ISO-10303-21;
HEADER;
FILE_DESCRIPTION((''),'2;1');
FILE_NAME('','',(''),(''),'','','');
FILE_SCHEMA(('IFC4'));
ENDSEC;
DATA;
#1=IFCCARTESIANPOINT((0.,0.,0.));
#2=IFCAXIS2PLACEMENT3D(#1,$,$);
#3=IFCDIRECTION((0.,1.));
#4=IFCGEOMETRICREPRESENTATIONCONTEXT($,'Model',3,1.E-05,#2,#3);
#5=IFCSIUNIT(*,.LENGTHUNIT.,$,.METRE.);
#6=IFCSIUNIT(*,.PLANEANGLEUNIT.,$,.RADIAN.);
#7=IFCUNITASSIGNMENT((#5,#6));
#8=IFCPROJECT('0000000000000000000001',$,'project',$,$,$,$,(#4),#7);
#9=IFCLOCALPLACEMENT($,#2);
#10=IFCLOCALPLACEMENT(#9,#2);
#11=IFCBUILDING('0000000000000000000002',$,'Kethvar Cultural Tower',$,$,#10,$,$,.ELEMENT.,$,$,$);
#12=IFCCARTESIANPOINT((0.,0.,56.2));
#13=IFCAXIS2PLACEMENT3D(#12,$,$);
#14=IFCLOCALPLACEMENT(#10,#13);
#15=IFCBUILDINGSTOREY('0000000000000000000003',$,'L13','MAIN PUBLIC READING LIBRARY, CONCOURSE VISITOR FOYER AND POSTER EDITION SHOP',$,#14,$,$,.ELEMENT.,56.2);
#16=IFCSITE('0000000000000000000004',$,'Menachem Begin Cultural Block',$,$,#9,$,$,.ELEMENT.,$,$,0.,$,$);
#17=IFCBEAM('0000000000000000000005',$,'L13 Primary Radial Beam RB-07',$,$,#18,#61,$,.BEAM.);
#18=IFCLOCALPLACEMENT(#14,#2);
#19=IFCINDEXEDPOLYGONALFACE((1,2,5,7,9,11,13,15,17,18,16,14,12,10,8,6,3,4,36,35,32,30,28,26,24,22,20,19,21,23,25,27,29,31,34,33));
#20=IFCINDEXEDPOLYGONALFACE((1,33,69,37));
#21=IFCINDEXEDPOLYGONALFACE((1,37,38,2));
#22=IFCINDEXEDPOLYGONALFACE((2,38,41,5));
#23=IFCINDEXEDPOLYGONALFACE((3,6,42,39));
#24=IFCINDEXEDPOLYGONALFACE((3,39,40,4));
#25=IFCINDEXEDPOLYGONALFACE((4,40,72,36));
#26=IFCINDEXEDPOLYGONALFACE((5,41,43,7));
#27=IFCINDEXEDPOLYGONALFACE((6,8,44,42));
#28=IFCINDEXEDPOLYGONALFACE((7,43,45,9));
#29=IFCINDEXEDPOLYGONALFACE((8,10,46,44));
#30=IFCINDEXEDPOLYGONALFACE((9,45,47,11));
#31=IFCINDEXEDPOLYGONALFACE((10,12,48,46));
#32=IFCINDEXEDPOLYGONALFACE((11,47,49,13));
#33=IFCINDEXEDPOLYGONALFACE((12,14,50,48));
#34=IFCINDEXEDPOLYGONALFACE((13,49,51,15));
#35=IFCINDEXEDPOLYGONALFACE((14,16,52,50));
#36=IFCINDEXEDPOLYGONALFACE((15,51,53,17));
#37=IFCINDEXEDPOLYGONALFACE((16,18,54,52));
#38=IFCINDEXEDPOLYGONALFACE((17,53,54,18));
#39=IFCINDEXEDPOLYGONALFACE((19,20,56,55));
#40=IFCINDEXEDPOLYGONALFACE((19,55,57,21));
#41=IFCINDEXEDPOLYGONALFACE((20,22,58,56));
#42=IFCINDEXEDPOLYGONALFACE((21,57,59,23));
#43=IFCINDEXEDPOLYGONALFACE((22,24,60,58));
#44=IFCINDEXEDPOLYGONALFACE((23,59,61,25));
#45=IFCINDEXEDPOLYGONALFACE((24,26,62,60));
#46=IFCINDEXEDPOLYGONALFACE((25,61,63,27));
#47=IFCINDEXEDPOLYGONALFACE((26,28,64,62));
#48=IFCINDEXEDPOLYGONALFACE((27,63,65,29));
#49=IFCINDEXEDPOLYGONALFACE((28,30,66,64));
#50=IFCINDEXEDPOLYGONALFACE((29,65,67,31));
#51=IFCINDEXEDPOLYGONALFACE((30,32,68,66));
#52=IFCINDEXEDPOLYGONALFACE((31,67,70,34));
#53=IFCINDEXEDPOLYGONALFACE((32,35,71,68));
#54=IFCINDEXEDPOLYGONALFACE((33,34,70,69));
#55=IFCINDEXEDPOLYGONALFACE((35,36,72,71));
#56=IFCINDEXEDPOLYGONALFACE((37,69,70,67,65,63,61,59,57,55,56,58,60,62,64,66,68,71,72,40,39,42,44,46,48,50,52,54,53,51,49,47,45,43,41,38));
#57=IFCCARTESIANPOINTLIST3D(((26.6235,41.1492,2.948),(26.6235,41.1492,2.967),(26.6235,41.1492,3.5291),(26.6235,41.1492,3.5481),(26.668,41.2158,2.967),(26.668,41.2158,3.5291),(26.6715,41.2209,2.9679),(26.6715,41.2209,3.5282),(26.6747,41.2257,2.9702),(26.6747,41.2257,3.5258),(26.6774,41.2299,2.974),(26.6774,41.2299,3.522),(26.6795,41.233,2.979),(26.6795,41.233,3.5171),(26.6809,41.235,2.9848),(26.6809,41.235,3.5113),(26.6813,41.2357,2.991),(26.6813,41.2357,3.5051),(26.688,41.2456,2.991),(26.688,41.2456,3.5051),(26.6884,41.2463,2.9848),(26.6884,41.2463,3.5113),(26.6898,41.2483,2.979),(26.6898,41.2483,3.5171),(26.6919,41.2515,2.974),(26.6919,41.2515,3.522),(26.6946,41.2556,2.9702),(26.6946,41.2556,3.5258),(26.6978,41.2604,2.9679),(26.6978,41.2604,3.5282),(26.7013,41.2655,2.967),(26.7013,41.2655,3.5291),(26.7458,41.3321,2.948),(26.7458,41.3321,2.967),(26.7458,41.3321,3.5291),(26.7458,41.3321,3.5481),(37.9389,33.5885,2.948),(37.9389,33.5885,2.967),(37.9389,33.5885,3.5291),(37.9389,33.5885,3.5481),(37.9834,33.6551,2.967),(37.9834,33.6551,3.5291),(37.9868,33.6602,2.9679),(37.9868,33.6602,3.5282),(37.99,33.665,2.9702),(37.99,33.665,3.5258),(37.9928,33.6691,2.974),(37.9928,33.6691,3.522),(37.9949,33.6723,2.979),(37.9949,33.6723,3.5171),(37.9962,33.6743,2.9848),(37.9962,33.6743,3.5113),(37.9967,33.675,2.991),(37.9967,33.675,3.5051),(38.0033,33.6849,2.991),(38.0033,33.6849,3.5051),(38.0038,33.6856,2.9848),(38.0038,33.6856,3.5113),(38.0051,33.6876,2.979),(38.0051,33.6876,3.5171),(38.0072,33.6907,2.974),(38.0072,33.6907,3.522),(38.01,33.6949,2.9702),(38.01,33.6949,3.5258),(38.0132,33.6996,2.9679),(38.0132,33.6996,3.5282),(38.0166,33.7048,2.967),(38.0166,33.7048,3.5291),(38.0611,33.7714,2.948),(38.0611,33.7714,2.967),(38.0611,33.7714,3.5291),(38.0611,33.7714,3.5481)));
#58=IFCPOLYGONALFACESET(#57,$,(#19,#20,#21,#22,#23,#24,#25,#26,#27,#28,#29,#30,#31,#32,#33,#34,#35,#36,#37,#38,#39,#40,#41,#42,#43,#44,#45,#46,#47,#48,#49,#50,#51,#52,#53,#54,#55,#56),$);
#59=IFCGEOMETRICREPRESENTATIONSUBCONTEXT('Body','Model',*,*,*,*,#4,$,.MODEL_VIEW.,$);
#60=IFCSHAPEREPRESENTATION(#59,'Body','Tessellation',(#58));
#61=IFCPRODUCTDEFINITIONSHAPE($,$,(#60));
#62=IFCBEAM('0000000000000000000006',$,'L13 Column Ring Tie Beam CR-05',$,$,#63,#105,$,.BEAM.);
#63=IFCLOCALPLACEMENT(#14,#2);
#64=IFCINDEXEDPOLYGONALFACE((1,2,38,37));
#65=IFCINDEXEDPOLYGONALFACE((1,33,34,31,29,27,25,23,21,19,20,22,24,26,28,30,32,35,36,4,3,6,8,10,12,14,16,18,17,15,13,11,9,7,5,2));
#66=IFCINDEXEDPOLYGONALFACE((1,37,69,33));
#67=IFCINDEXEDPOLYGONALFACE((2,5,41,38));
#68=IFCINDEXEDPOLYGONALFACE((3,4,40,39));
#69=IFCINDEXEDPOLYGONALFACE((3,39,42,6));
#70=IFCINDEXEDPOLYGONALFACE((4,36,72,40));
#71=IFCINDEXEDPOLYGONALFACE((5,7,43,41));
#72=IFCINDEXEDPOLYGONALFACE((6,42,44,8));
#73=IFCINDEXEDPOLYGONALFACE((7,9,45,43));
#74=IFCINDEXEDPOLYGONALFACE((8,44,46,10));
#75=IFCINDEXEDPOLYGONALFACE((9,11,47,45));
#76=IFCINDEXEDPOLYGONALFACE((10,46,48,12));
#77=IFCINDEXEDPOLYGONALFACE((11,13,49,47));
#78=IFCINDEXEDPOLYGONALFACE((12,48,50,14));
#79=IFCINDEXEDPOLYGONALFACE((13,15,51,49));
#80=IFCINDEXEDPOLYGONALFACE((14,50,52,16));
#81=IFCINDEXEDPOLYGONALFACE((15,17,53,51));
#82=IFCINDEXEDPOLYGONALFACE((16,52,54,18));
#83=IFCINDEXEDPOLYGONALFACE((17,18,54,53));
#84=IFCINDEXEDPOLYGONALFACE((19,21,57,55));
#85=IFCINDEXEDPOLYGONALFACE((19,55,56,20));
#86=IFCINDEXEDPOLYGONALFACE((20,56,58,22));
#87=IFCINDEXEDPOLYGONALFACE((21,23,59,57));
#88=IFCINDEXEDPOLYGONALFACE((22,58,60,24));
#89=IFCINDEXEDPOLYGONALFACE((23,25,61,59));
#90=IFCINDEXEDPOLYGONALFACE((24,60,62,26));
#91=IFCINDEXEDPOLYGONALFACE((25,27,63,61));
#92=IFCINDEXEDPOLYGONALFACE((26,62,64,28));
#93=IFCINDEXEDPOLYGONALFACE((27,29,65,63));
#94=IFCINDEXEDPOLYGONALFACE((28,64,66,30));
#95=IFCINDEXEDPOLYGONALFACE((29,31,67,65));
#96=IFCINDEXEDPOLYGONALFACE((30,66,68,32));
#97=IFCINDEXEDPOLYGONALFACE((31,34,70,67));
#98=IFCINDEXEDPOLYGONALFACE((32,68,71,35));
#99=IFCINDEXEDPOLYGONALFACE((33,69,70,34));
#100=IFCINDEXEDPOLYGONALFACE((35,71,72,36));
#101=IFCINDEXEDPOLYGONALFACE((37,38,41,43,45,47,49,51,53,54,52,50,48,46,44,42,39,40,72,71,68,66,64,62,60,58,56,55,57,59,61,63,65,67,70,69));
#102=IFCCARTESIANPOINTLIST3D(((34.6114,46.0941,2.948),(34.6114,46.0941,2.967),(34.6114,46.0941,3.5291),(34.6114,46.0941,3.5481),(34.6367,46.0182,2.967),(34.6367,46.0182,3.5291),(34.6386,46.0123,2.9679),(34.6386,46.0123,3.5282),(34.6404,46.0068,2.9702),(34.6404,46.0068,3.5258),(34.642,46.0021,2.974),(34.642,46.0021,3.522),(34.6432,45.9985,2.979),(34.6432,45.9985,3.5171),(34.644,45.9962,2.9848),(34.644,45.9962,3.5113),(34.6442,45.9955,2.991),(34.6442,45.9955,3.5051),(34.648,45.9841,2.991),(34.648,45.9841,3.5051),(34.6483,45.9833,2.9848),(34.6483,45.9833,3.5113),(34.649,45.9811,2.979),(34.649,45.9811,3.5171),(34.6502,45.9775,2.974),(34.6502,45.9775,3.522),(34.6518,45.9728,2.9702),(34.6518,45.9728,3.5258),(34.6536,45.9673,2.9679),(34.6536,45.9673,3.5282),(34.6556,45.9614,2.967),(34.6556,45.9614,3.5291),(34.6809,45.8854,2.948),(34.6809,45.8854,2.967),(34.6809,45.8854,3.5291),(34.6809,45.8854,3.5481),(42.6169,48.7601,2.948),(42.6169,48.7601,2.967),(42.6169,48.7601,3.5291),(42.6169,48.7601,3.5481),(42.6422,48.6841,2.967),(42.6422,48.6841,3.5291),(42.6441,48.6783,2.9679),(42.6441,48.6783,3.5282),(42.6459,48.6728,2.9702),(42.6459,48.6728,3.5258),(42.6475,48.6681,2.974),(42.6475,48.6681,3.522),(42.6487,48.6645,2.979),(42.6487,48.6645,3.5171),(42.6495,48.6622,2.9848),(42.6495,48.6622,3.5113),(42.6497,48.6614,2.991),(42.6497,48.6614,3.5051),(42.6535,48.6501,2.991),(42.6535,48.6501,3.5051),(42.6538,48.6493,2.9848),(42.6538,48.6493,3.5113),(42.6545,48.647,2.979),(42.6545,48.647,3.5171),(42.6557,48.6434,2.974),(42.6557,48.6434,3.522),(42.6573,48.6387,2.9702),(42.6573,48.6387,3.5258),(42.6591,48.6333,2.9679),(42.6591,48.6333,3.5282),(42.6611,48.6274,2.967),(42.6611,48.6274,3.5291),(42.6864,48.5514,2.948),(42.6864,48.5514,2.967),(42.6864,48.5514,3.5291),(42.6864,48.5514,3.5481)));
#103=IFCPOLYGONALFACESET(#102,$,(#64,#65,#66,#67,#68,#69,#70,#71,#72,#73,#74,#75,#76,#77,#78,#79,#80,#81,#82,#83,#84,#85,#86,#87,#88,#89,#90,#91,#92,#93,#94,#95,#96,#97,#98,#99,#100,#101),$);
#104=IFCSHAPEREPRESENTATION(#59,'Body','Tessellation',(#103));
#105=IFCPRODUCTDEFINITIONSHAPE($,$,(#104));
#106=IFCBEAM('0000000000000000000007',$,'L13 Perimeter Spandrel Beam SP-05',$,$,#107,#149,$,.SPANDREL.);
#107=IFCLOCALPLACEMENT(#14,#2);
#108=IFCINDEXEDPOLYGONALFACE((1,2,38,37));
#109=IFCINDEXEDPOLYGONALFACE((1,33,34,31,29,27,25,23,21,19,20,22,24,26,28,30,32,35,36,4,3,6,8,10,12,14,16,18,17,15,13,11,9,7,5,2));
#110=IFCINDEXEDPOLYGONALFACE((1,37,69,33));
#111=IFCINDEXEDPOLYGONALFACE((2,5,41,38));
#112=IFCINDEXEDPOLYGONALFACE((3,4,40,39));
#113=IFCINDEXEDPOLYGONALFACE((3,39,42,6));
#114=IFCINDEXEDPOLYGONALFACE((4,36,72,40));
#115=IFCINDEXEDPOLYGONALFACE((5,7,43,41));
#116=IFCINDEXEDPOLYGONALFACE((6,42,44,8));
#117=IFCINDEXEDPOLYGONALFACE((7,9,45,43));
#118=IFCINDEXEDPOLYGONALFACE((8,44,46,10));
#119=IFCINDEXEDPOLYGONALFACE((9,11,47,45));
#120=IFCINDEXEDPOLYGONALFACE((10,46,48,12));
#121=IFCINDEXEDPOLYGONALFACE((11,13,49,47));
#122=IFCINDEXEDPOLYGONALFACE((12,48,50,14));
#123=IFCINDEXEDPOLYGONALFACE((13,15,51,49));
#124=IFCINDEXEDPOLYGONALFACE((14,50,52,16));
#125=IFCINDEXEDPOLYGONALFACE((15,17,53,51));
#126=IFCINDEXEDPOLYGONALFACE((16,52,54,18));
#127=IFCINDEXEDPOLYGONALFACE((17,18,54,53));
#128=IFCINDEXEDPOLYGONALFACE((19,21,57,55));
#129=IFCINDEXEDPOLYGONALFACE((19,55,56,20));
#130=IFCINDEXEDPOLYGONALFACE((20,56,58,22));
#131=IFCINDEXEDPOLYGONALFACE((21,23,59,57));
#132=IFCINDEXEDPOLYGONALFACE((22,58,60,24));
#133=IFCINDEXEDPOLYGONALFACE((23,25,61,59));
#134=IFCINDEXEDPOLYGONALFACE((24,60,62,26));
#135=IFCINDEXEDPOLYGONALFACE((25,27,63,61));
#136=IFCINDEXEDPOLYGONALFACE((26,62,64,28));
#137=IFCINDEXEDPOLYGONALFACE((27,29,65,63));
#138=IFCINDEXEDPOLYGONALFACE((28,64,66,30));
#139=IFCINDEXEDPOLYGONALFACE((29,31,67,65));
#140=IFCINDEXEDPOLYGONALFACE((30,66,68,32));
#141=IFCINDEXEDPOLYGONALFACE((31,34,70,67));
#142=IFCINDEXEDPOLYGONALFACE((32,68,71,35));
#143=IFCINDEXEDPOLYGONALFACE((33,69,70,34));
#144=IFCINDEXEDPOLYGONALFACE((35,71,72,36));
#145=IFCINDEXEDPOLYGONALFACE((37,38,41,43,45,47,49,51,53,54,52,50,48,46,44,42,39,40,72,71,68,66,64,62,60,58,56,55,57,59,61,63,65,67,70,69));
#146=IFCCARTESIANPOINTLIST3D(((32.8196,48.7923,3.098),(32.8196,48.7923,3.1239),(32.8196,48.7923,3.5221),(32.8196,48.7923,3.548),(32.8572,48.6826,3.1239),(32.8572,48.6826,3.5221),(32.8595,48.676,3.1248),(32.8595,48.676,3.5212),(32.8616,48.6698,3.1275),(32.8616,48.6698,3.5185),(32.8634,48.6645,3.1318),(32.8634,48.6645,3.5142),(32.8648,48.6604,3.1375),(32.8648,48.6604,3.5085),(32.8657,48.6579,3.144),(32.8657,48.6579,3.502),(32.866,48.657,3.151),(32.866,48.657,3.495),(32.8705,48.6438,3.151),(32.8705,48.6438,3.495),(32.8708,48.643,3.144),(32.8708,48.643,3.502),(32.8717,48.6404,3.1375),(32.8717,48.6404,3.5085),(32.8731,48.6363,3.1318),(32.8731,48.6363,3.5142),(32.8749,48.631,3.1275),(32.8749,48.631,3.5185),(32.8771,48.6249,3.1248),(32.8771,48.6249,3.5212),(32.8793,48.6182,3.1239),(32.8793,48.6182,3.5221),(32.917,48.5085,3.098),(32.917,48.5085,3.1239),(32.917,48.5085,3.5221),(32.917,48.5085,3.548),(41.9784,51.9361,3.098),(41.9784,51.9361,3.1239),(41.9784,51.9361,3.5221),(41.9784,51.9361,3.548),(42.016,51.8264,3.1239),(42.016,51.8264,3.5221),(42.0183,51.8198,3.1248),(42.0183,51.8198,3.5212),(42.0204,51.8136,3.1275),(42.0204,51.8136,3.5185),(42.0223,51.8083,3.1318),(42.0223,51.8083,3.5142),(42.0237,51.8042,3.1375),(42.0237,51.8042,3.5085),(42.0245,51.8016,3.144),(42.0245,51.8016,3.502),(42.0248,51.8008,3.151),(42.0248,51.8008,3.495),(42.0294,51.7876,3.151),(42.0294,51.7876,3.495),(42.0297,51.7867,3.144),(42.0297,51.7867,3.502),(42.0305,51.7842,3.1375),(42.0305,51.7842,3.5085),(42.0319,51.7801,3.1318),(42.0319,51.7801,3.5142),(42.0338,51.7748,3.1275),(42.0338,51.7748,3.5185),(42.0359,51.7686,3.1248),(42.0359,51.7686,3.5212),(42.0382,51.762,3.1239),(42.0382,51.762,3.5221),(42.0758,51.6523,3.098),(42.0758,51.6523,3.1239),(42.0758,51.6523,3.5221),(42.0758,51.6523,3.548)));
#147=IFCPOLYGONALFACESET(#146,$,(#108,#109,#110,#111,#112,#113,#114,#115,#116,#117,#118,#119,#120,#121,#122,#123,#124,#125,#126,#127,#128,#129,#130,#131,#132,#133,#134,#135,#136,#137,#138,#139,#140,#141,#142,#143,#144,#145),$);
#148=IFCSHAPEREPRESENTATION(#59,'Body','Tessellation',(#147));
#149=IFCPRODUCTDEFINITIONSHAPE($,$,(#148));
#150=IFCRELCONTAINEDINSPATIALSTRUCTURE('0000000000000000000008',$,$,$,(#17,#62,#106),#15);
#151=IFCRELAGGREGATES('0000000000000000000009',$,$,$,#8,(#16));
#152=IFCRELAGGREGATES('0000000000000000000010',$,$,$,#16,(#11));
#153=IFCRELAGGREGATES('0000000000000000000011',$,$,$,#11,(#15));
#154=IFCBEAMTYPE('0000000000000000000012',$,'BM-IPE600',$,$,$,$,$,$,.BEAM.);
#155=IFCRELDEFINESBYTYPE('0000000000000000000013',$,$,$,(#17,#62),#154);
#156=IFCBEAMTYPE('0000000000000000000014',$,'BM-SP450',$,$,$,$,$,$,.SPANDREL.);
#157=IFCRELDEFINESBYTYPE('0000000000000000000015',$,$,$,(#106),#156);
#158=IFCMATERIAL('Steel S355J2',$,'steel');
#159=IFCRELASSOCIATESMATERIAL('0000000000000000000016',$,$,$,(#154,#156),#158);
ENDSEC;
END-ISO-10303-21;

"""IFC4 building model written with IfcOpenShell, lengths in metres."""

from ifc_helpers import new_model, si_unit, direction, frame, origin, origin_2d, place, context, subcontext, project, spatial, i_section, extrude, source, transform, mapped, material, material_profile, profile_set, type_object, element, save


model = new_model("IFC4")

# Units and contexts
model_context = context("Model", 3, precision=1e-05, world=origin(), true_north=direction((0.0, 1.0)))
body_context = subcontext(model_context, "Body", "Model", "MODEL_VIEW")
ifc_project = project(units=[si_unit("LENGTHUNIT", "METRE"), si_unit("PLANEANGLEUNIT", "RADIAN")], contexts=[model_context])

# Site, building, storey
site_placement = place(None, origin())
site = spatial("IfcSite", under=ifc_project, at=site_placement, Name="Menachem Begin Cultural Block", CompositionType="ELEMENT", RefElevation=0.0)
building_placement = place(site_placement, origin())
building = spatial("IfcBuilding", under=site, at=building_placement, Name="Kethvar Cultural Tower", CompositionType="ELEMENT")
storey_placement = place(building_placement, frame((0.0, 0.0, 56.2)))
storey = spatial("IfcBuildingStorey", under=building, at=storey_placement, Name="L13", Description="MAIN PUBLIC READING LIBRARY, CONCOURSE VISITOR FOYER AND POSTER EDITION SHOP", CompositionType="ELEMENT", Elevation=56.2)

# Beams
ifc_material_1 = material(Name="Steel S355J2", Category="steel")
ifc_material_profile_1 = material_profile(ifc_material_1, i_section(OverallWidth=0.22, OverallDepth=0.6001, WebThickness=0.012, FlangeThickness=0.019, FilletRadius=0.0239, at=origin_2d()), Name="Steel S355J2 — IPE600")
ifc_profile_set_1 = profile_set([ifc_material_profile_1], Name="Steel S355J2 — IPE600")
beam_type_1 = type_object("IfcBeamType", Name="BM-IPE600", PredefinedType="BEAM", material=ifc_profile_set_1)
shared_shape_1 = source(origin(), body_context, "Body", "SweptSolid", [
    extrude(i_section(OverallWidth=0.22, OverallDepth=0.6001, WebThickness=0.012, FlangeThickness=0.019, FilletRadius=0.0239, at=origin_2d()), origin(), (0.0, 0.0, 1.0), 13.6089),
])
beam_1_placement = place(storey_placement, frame((38.0, 33.6799, 3.248), z_axis=(-0.831467, 0.555573, 0.0), x_axis=(-0.555573, -0.831467, 0.0)))
element("IfcBeam", 1, at=beam_1_placement, inside=storey, type_object=beam_type_1, Name="L13 Primary Radial Beam RB-07", PredefinedType="BEAM", context=body_context, shape_type="MappedRepresentation", body=[
    mapped(shared_shape_1, transform((0.0, 0.0, 0.0), scale=1.0)),
])
shared_shape_2 = source(origin(), body_context, "Body", "SweptSolid", [
    extrude(i_section(OverallWidth=0.22, OverallDepth=0.6001, WebThickness=0.012, FlangeThickness=0.019, FilletRadius=0.0239, at=origin_2d()), origin(), (0.0, 0.0, 1.0), 8.4377),
])
beam_2_placement = place(storey_placement, frame((42.6516, 48.6558, 3.248), z_axis=(-0.948773, -0.315959, 0.0), x_axis=(0.315959, -0.948773, 0.0)))
element("IfcBeam", 2, at=beam_2_placement, inside=storey, type_object=beam_type_1, Name="L13 Column Ring Tie Beam CR-05", PredefinedType="BEAM", context=body_context, shape_type="MappedRepresentation", body=[
    mapped(shared_shape_2, transform((0.0, 0.0, 0.0), scale=1.0)),
])
ifc_material_profile_2 = material_profile(ifc_material_1, i_section(OverallWidth=0.3, OverallDepth=0.45, WebThickness=0.0139, FlangeThickness=0.0259, FilletRadius=0.0271, at=origin_2d()), Name="Steel S355J2 — HEB450")
ifc_profile_set_2 = profile_set([ifc_material_profile_2], Name="Steel S355J2 — HEB450")
beam_type_2 = type_object("IfcBeamType", Name="BM-SP450", PredefinedType="SPANDREL", material=ifc_profile_set_2)
shared_shape_3 = source(origin(), body_context, "Body", "SweptSolid", [
    extrude(i_section(OverallWidth=0.3, OverallDepth=0.45, WebThickness=0.0139, FlangeThickness=0.0259, FilletRadius=0.0271, at=origin_2d()), origin(), (0.0, 0.0, 1.0), 9.6833),
])
beam_3_placement = place(storey_placement, frame((42.0271, 51.7942, 3.323), z_axis=(-0.945832, -0.324656, 0.0), x_axis=(0.324656, -0.945832, 0.0)))
element("IfcBeam", 3, at=beam_3_placement, inside=storey, type_object=beam_type_2, Name="L13 Perimeter Spandrel Beam SP-05", PredefinedType="SPANDREL", context=body_context, shape_type="MappedRepresentation", body=[
    mapped(shared_shape_3, transform((0.0, 0.0, 0.0), scale=1.0)),
])

save(model, "model.ifc")
